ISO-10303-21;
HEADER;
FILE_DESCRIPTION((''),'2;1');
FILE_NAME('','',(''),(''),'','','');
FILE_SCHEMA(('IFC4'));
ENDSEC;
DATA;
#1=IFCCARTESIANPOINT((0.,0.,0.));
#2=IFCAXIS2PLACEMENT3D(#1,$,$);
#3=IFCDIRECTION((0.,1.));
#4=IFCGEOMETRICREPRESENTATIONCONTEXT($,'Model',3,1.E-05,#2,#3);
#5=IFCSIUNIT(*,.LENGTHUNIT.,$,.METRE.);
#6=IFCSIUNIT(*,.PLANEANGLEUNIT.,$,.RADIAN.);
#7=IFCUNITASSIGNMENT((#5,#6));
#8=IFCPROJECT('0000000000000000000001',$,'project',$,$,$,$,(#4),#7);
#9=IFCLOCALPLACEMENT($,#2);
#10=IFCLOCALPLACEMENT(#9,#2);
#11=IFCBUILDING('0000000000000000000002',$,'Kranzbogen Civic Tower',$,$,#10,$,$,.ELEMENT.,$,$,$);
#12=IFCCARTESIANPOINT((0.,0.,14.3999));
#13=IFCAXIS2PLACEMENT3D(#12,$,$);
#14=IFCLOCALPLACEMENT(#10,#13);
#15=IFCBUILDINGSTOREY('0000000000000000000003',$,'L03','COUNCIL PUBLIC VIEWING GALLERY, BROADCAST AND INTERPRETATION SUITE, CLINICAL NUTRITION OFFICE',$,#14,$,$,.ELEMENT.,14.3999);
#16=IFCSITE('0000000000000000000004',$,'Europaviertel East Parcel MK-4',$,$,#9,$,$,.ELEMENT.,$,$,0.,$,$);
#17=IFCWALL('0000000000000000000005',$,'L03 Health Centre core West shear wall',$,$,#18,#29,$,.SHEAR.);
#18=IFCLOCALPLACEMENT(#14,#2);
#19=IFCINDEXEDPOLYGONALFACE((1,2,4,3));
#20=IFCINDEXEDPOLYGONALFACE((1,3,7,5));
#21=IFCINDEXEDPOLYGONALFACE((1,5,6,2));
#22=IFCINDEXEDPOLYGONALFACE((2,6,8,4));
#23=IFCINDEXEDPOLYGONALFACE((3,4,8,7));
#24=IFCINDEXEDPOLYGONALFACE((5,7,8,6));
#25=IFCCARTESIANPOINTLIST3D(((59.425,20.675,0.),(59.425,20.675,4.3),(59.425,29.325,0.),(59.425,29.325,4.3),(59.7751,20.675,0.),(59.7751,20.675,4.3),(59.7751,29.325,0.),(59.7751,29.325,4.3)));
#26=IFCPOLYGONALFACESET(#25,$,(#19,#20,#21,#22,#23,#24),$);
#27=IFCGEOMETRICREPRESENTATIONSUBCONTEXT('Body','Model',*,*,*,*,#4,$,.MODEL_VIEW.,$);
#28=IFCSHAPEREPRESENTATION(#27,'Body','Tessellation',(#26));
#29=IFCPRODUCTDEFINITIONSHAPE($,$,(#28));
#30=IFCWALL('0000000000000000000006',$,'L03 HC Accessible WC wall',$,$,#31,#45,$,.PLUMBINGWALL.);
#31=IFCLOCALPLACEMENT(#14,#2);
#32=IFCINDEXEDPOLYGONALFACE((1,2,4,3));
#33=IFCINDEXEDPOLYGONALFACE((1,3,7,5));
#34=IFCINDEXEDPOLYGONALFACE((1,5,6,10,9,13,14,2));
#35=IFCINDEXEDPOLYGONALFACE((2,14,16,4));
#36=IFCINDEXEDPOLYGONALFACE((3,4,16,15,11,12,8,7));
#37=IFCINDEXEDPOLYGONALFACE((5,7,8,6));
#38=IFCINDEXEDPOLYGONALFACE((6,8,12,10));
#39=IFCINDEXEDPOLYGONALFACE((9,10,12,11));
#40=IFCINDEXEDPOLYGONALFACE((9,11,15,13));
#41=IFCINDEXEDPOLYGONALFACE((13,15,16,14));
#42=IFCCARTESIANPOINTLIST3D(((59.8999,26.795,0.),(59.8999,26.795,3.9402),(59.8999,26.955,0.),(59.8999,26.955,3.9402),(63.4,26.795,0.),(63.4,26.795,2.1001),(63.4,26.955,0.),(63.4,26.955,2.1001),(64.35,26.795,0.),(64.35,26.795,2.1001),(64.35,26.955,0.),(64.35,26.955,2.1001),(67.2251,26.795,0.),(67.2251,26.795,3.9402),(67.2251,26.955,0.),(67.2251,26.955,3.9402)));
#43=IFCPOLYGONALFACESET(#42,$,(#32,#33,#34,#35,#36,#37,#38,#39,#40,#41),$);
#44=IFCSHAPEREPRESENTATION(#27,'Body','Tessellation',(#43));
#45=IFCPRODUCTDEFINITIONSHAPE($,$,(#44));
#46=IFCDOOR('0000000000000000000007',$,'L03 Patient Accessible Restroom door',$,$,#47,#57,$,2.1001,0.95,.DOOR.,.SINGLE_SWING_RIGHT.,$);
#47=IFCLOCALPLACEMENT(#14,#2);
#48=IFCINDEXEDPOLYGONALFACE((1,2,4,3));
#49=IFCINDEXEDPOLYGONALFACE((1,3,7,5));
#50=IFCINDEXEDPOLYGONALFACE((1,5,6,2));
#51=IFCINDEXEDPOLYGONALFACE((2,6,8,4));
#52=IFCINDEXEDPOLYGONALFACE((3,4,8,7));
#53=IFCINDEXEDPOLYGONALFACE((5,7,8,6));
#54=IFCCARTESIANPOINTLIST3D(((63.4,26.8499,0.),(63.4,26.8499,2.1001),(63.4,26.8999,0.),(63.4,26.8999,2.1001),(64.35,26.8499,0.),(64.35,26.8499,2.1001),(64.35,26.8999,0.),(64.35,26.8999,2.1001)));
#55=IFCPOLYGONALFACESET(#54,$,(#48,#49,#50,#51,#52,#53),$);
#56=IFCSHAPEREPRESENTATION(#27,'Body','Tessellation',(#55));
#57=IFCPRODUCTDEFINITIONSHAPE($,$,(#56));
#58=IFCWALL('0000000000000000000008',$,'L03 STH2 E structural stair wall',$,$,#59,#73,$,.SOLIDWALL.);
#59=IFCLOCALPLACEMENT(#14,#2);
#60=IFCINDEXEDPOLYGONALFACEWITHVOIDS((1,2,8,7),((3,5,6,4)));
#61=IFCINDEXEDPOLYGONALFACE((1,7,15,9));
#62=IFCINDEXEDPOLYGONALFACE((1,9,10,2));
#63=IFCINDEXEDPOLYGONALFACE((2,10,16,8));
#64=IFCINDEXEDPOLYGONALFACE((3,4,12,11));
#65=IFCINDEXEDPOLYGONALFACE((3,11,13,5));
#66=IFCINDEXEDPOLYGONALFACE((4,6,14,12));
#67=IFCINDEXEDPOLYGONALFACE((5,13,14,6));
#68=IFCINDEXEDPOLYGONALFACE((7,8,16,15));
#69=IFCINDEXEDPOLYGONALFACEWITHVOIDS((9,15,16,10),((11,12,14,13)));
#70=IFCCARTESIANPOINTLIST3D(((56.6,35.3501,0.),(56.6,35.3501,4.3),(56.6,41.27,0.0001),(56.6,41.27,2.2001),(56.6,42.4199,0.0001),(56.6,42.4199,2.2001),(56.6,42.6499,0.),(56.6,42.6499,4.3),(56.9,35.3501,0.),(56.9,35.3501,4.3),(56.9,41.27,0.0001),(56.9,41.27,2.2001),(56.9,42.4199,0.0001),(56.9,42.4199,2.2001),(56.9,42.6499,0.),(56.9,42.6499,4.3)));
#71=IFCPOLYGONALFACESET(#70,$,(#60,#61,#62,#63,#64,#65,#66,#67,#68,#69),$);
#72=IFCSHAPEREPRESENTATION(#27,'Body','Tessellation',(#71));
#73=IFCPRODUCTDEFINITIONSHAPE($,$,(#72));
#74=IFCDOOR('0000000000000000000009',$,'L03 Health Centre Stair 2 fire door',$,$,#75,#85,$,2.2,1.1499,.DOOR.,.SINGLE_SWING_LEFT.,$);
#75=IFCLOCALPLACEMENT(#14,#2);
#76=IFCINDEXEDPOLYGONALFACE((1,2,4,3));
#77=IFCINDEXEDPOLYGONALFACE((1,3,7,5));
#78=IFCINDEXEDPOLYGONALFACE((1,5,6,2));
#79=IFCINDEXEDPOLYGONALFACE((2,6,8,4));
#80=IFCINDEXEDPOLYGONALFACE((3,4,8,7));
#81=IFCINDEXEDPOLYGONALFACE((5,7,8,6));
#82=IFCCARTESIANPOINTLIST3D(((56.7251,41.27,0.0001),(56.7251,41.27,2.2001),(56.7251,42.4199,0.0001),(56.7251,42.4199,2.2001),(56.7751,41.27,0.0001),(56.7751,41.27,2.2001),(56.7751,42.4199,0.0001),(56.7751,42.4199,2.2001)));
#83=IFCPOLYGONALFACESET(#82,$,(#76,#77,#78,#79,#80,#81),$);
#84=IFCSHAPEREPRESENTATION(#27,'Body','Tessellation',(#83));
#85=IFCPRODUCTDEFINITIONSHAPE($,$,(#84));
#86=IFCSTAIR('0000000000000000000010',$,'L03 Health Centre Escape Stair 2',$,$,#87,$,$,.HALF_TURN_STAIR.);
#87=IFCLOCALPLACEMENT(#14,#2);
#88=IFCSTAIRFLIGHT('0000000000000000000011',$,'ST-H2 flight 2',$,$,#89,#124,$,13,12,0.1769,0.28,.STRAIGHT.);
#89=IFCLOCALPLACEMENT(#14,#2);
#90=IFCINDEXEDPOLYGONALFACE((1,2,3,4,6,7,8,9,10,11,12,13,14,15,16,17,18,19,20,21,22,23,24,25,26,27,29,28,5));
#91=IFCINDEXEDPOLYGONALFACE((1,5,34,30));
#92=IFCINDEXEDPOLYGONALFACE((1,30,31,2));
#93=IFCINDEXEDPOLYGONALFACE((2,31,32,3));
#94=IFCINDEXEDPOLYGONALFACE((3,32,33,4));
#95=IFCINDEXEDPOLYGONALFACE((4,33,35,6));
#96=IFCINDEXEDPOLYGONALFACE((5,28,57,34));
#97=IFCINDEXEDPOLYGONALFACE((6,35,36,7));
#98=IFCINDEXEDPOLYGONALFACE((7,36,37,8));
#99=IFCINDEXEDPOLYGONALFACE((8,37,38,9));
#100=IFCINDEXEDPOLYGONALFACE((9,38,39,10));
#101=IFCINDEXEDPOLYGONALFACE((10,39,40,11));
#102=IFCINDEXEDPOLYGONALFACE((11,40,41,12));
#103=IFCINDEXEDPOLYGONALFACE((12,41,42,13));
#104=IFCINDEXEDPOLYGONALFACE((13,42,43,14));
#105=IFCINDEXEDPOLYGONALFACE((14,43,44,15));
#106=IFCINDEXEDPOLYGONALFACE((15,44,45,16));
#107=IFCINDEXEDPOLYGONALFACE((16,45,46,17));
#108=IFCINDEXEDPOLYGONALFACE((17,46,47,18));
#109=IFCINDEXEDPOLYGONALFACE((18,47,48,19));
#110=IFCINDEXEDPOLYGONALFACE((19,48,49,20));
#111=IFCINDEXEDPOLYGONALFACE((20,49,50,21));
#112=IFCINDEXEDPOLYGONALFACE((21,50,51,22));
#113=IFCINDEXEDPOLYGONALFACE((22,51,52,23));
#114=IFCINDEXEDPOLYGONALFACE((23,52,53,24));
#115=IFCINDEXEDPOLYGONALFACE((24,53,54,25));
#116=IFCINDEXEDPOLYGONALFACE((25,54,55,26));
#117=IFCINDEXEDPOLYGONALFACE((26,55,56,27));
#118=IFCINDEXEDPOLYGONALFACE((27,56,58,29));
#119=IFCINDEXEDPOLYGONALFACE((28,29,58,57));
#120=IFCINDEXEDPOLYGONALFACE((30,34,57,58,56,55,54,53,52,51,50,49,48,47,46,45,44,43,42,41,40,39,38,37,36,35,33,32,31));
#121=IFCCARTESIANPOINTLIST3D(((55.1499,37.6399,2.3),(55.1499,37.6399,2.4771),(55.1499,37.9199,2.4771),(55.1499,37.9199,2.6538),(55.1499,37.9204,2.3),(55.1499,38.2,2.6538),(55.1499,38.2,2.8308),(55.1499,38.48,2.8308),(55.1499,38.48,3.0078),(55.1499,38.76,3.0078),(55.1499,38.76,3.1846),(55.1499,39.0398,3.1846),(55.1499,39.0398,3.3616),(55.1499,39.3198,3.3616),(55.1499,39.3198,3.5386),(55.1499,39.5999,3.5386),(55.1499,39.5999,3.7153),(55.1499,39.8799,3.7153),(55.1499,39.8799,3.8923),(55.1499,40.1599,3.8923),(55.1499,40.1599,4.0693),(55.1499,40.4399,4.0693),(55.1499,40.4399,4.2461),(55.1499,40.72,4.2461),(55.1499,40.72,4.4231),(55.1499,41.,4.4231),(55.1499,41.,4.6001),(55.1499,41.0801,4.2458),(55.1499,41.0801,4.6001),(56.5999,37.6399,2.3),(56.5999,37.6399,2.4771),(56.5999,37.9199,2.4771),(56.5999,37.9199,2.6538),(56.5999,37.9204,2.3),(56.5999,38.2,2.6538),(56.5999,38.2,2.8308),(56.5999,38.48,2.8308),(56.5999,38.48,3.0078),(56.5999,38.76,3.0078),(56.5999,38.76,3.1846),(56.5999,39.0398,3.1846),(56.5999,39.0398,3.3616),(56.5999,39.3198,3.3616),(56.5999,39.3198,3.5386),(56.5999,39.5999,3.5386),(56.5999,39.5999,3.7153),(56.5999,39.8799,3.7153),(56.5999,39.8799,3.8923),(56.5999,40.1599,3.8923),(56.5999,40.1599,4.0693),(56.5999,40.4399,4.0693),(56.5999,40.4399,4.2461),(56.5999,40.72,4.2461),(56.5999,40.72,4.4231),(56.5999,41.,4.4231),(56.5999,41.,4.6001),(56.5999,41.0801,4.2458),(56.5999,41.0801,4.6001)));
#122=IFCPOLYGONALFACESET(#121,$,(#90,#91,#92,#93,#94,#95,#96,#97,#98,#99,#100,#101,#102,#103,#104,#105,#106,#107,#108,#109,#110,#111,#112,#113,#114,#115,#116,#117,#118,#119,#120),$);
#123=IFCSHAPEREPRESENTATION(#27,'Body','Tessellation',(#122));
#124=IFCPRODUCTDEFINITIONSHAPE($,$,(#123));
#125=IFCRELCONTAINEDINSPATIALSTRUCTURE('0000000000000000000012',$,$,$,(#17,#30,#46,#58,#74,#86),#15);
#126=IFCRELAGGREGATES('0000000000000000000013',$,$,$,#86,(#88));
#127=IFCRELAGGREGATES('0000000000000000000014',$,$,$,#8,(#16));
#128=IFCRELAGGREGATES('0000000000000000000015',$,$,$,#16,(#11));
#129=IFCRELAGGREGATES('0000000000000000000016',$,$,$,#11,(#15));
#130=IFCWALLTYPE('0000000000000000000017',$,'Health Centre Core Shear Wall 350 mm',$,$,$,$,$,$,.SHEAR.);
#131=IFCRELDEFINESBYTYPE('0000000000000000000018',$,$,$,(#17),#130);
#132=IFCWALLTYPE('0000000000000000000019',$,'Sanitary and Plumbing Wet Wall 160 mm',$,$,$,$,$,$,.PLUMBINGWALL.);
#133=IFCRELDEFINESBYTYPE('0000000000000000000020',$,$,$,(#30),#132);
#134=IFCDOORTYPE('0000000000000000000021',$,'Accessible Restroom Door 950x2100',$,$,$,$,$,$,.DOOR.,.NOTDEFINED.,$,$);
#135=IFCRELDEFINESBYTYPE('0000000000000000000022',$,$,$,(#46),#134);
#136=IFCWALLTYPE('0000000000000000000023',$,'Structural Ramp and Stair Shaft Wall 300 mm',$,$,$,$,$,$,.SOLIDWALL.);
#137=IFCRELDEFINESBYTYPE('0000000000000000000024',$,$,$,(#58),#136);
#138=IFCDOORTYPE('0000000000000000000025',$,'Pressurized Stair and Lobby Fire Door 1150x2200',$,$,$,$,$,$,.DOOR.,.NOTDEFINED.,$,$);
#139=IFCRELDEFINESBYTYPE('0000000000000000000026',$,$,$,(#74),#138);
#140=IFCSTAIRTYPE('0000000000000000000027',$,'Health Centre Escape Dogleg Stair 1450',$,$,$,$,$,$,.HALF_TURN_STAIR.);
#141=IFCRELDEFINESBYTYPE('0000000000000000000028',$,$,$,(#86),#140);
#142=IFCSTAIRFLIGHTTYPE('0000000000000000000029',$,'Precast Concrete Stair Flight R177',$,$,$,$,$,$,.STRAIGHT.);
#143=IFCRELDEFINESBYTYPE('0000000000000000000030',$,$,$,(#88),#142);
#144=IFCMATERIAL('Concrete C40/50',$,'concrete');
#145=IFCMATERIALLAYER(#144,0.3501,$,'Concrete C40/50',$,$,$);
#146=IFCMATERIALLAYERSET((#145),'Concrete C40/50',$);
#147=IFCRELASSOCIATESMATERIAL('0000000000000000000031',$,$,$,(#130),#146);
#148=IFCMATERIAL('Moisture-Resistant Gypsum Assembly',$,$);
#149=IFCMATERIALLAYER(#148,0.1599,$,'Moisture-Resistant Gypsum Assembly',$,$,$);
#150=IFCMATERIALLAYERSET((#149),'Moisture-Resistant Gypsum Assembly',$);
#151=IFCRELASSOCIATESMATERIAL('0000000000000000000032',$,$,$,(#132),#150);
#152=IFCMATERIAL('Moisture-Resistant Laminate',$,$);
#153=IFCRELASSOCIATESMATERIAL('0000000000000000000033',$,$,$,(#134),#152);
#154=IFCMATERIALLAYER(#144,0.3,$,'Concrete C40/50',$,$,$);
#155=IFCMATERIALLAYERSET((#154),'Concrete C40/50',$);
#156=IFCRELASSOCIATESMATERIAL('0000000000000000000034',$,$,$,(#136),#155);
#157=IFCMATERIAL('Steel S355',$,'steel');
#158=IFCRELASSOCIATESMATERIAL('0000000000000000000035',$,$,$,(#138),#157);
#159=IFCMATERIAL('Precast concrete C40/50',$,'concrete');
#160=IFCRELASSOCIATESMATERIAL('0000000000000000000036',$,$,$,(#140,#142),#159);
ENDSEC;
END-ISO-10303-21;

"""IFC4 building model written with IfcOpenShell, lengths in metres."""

from ifc_helpers import new_model, si_unit, direction, frame, frame_2d, origin, place, context, subcontext, project, spatial, polyline, rectangle, outline, extrude, material, layer, layer_set, type_object, element, fill, aggregate, save


model = new_model("IFC4")

# Units and contexts
model_context = context("Model", 3, precision=1e-05, world=origin(), true_north=direction((0.0, 1.0)))
body_context = subcontext(model_context, "Body", "Model", "MODEL_VIEW")
ifc_project = project(units=[si_unit("LENGTHUNIT", "METRE"), si_unit("PLANEANGLEUNIT", "RADIAN")], contexts=[model_context])

# Site, building, storey
site_placement = place(None, origin())
site = spatial("IfcSite", under=ifc_project, at=site_placement, Name="Europaviertel East Parcel MK-4", CompositionType="ELEMENT", RefElevation=0.0)
building_placement = place(site_placement, origin())
building = spatial("IfcBuilding", under=site, at=building_placement, Name="Kranzbogen Civic Tower", CompositionType="ELEMENT")
storey_placement = place(building_placement, frame((0.0, 0.0, 14.3999)))
storey = spatial("IfcBuildingStorey", under=building, at=storey_placement, Name="L03", Description="COUNCIL PUBLIC VIEWING GALLERY, BROADCAST AND INTERPRETATION SUITE, CLINICAL NUTRITION OFFICE", CompositionType="ELEMENT", Elevation=14.3999)

# Shared definitions
ifc_material_1 = material(Name="Steel S355", Category="steel")
ifc_material_2 = material(Name="Concrete C40/50", Category="concrete")

# Wall
ifc_layer_1 = layer(ifc_material_2, 0.3501, Name="Concrete C40/50")
ifc_layer_set_1 = layer_set([ifc_layer_1], Name="Concrete C40/50")
wall_type_1 = type_object("IfcWallType", Name="Health Centre Core Shear Wall 350 mm", PredefinedType="SHEAR", material=ifc_layer_set_1)
wall_1_placement = place(storey_placement, frame((59.6001, 29.325, 0.0), z_axis=(0.0, 0.0, 1.0), x_axis=(0.0, -1.0, 0.0)))
element("IfcWall", 1, at=wall_1_placement, inside=storey, type_object=wall_type_1, Name="L03 Health Centre core West shear wall", PredefinedType="SHEAR", context=body_context, shape_type="SweptSolid", body=[
    extrude(rectangle(XDim=8.6499, YDim=0.3501, at=frame_2d((4.325, 0.0))), origin(), (0.0, 0.0, 1.0), 4.3),
])

# Walls, openings, doors
ifc_material_3 = material(Name="Moisture-Resistant Gypsum Assembly")
ifc_layer_2 = layer(ifc_material_3, 0.1599, Name="Moisture-Resistant Gypsum Assembly")
ifc_layer_set_2 = layer_set([ifc_layer_2], Name="Moisture-Resistant Gypsum Assembly")
wall_type_2 = type_object("IfcWallType", Name="Sanitary and Plumbing Wet Wall 160 mm", PredefinedType="PLUMBINGWALL", material=ifc_layer_set_2)
wall_2_placement = place(storey_placement, frame((59.8999, 26.875, 0.0), z_axis=(0.0, 0.0, 1.0), x_axis=(1.0, 0.0, 0.0)))
wall_2 = element("IfcWall", 2, at=wall_2_placement, inside=storey, type_object=wall_type_2, Name="L03 HC Accessible WC wall", PredefinedType="PLUMBINGWALL", context=body_context, shape_type="SweptSolid", body=[
    extrude(rectangle(XDim=7.3252, YDim=0.1599, at=frame_2d((3.6626, 0.0))), origin(), (0.0, 0.0, 1.0), 3.9402),
])
opening_1_placement = place(wall_2_placement, frame((3.5, 0.0, 0.0)))
opening_1 = element("IfcOpeningElement", 3, at=opening_1_placement, cuts=wall_2, PredefinedType="OPENING", context=body_context, shape_type="SweptSolid", body=[
    extrude(rectangle(XDim=0.95, YDim=2.1001, at=frame_2d((0.4751, 1.05))), frame((0.0, 0.0898, 0.0), z_axis=(0.0, -1.0, 0.0), x_axis=(1.0, 0.0, 0.0)), (0.0, 0.0, 1.0), 0.1799),
])
ifc_material_4 = material(Name="Moisture-Resistant Laminate")
door_type_1 = type_object("IfcDoorType", Name="Accessible Restroom Door 950x2100", OperationType="NOTDEFINED", PredefinedType="DOOR", material=ifc_material_4)
door_1_placement = place(opening_1_placement, origin())
door_1 = element("IfcDoor", 4, at=door_1_placement, inside=storey, type_object=door_type_1, Name="L03 Patient Accessible Restroom door", OperationType="SINGLE_SWING_RIGHT", OverallHeight=2.1001, OverallWidth=0.95, PredefinedType="DOOR", context=body_context, shape_type="SweptSolid", body=[
    extrude(rectangle(XDim=0.95, YDim=2.1001, at=frame_2d((0.4751, 1.05))), frame((0.0, 0.0249, 0.0), z_axis=(0.0, -1.0, 0.0), x_axis=(1.0, 0.0, 0.0)), (0.0, 0.0, 1.0), 0.05),
])
fill(opening_1, door_1)
ifc_layer_3 = layer(ifc_material_2, 0.3, Name="Concrete C40/50")
ifc_layer_set_3 = layer_set([ifc_layer_3], Name="Concrete C40/50")
wall_type_3 = type_object("IfcWallType", Name="Structural Ramp and Stair Shaft Wall 300 mm", PredefinedType="SOLIDWALL", material=ifc_layer_set_3)
wall_3_placement = place(storey_placement, frame((56.75, 35.3501, 0.0), z_axis=(0.0, 0.0, 1.0), x_axis=(0.0, 1.0, 0.0)))
wall_3 = element("IfcWall", 5, at=wall_3_placement, inside=storey, type_object=wall_type_3, Name="L03 STH2 E structural stair wall", PredefinedType="SOLIDWALL", context=body_context, shape_type="SweptSolid", body=[
    extrude(rectangle(XDim=7.2998, YDim=0.3, at=frame_2d((3.6499, 0.0))), origin(), (0.0, 0.0, 1.0), 4.3),
])
opening_2_placement = place(wall_3_placement, frame((5.9199, 0.0, 0.0)))
opening_2 = element("IfcOpeningElement", 6, at=opening_2_placement, cuts=wall_3, PredefinedType="OPENING", context=body_context, shape_type="SweptSolid", body=[
    extrude(rectangle(XDim=1.1499, YDim=2.2, at=frame_2d((0.575, 1.1001))), frame((0.0, 0.1602, 0.0), z_axis=(0.0, -1.0, 0.0), x_axis=(1.0, 0.0, 0.0)), (0.0, 0.0, 1.0), 0.3201),
])
door_type_2 = type_object("IfcDoorType", Name="Pressurized Stair and Lobby Fire Door 1150x2200", OperationType="NOTDEFINED", PredefinedType="DOOR", material=ifc_material_1)
door_2_placement = place(opening_2_placement, origin())
door_2 = element("IfcDoor", 7, at=door_2_placement, inside=storey, type_object=door_type_2, Name="L03 Health Centre Stair 2 fire door", OperationType="SINGLE_SWING_LEFT", OverallHeight=2.2, OverallWidth=1.1499, PredefinedType="DOOR", context=body_context, shape_type="SweptSolid", body=[
    extrude(rectangle(XDim=1.1499, YDim=2.2, at=frame_2d((0.575, 1.1001))), frame((0.0, 0.0249, 0.0), z_axis=(0.0, -1.0, 0.0), x_axis=(1.0, 0.0, 0.0)), (0.0, 0.0, 1.0), 0.05),
])
fill(opening_2, door_2)

# Stair, stair flight
ifc_material_5 = material(Name="Precast concrete C40/50", Category="concrete")
stair_type = type_object("IfcStairType", Name="Health Centre Escape Dogleg Stair 1450", PredefinedType="HALF_TURN_STAIR", material=ifc_material_5)
stair_placement = place(storey_placement, origin())
stair = element("IfcStair", 8, at=stair_placement, inside=storey, type_object=stair_type, Name="L03 Health Centre Escape Stair 2", PredefinedType="HALF_TURN_STAIR")
stair_flight_type = type_object("IfcStairFlightType", Name="Precast Concrete Stair Flight R177", PredefinedType="STRAIGHT", material=ifc_material_5)
stair_flight_placement = place(storey_placement, frame((55.875, 37.6399, 2.3), z_axis=(0.0, 0.0, 1.0), x_axis=(0.0, 1.0, 0.0)))
stair_flight = element("IfcStairFlight", 9, at=stair_flight_placement, type_object=stair_flight_type, Name="ST-H2 flight 2", NumberOfRisers=13, NumberOfTreads=12, PredefinedType="STRAIGHT", RiserHeight=0.1769, TreadLength=0.28, context=body_context, shape_type="SweptSolid", body=[
    extrude(outline(polyline([(0.0, 0.0), (0.0, 0.177), (0.28, 0.177), (0.28, 0.3538), (0.5601, 0.3538), (0.5601, 0.5308), (0.8401, 0.5308), (0.8401, 0.7078), (1.1201, 0.7078), (1.1201, 0.8845), (1.3999, 0.8845), (1.3999, 1.0615), (1.6799, 1.0615), (1.6799, 1.2385), (1.96, 1.2385), (1.96, 1.4153), (2.24, 1.4153), (2.24, 1.5923), (2.52, 1.5923), (2.52, 1.7693), (2.8, 1.7693), (2.8, 1.946), (3.0801, 1.946), (3.0801, 2.123), (3.3601, 2.123), (3.3601, 2.3), (3.4402, 2.3), (3.4402, 1.9458), (0.2805, 0.0), (0.0, 0.0)])), frame((0.0, 0.7251, 0.0), z_axis=(0.0, -1.0, 0.0), x_axis=(1.0, 0.0, 0.0)), (0.0, 0.0, 1.0), 1.45),
])
aggregate(stair, [stair_flight])

save(model, "model.ifc")
